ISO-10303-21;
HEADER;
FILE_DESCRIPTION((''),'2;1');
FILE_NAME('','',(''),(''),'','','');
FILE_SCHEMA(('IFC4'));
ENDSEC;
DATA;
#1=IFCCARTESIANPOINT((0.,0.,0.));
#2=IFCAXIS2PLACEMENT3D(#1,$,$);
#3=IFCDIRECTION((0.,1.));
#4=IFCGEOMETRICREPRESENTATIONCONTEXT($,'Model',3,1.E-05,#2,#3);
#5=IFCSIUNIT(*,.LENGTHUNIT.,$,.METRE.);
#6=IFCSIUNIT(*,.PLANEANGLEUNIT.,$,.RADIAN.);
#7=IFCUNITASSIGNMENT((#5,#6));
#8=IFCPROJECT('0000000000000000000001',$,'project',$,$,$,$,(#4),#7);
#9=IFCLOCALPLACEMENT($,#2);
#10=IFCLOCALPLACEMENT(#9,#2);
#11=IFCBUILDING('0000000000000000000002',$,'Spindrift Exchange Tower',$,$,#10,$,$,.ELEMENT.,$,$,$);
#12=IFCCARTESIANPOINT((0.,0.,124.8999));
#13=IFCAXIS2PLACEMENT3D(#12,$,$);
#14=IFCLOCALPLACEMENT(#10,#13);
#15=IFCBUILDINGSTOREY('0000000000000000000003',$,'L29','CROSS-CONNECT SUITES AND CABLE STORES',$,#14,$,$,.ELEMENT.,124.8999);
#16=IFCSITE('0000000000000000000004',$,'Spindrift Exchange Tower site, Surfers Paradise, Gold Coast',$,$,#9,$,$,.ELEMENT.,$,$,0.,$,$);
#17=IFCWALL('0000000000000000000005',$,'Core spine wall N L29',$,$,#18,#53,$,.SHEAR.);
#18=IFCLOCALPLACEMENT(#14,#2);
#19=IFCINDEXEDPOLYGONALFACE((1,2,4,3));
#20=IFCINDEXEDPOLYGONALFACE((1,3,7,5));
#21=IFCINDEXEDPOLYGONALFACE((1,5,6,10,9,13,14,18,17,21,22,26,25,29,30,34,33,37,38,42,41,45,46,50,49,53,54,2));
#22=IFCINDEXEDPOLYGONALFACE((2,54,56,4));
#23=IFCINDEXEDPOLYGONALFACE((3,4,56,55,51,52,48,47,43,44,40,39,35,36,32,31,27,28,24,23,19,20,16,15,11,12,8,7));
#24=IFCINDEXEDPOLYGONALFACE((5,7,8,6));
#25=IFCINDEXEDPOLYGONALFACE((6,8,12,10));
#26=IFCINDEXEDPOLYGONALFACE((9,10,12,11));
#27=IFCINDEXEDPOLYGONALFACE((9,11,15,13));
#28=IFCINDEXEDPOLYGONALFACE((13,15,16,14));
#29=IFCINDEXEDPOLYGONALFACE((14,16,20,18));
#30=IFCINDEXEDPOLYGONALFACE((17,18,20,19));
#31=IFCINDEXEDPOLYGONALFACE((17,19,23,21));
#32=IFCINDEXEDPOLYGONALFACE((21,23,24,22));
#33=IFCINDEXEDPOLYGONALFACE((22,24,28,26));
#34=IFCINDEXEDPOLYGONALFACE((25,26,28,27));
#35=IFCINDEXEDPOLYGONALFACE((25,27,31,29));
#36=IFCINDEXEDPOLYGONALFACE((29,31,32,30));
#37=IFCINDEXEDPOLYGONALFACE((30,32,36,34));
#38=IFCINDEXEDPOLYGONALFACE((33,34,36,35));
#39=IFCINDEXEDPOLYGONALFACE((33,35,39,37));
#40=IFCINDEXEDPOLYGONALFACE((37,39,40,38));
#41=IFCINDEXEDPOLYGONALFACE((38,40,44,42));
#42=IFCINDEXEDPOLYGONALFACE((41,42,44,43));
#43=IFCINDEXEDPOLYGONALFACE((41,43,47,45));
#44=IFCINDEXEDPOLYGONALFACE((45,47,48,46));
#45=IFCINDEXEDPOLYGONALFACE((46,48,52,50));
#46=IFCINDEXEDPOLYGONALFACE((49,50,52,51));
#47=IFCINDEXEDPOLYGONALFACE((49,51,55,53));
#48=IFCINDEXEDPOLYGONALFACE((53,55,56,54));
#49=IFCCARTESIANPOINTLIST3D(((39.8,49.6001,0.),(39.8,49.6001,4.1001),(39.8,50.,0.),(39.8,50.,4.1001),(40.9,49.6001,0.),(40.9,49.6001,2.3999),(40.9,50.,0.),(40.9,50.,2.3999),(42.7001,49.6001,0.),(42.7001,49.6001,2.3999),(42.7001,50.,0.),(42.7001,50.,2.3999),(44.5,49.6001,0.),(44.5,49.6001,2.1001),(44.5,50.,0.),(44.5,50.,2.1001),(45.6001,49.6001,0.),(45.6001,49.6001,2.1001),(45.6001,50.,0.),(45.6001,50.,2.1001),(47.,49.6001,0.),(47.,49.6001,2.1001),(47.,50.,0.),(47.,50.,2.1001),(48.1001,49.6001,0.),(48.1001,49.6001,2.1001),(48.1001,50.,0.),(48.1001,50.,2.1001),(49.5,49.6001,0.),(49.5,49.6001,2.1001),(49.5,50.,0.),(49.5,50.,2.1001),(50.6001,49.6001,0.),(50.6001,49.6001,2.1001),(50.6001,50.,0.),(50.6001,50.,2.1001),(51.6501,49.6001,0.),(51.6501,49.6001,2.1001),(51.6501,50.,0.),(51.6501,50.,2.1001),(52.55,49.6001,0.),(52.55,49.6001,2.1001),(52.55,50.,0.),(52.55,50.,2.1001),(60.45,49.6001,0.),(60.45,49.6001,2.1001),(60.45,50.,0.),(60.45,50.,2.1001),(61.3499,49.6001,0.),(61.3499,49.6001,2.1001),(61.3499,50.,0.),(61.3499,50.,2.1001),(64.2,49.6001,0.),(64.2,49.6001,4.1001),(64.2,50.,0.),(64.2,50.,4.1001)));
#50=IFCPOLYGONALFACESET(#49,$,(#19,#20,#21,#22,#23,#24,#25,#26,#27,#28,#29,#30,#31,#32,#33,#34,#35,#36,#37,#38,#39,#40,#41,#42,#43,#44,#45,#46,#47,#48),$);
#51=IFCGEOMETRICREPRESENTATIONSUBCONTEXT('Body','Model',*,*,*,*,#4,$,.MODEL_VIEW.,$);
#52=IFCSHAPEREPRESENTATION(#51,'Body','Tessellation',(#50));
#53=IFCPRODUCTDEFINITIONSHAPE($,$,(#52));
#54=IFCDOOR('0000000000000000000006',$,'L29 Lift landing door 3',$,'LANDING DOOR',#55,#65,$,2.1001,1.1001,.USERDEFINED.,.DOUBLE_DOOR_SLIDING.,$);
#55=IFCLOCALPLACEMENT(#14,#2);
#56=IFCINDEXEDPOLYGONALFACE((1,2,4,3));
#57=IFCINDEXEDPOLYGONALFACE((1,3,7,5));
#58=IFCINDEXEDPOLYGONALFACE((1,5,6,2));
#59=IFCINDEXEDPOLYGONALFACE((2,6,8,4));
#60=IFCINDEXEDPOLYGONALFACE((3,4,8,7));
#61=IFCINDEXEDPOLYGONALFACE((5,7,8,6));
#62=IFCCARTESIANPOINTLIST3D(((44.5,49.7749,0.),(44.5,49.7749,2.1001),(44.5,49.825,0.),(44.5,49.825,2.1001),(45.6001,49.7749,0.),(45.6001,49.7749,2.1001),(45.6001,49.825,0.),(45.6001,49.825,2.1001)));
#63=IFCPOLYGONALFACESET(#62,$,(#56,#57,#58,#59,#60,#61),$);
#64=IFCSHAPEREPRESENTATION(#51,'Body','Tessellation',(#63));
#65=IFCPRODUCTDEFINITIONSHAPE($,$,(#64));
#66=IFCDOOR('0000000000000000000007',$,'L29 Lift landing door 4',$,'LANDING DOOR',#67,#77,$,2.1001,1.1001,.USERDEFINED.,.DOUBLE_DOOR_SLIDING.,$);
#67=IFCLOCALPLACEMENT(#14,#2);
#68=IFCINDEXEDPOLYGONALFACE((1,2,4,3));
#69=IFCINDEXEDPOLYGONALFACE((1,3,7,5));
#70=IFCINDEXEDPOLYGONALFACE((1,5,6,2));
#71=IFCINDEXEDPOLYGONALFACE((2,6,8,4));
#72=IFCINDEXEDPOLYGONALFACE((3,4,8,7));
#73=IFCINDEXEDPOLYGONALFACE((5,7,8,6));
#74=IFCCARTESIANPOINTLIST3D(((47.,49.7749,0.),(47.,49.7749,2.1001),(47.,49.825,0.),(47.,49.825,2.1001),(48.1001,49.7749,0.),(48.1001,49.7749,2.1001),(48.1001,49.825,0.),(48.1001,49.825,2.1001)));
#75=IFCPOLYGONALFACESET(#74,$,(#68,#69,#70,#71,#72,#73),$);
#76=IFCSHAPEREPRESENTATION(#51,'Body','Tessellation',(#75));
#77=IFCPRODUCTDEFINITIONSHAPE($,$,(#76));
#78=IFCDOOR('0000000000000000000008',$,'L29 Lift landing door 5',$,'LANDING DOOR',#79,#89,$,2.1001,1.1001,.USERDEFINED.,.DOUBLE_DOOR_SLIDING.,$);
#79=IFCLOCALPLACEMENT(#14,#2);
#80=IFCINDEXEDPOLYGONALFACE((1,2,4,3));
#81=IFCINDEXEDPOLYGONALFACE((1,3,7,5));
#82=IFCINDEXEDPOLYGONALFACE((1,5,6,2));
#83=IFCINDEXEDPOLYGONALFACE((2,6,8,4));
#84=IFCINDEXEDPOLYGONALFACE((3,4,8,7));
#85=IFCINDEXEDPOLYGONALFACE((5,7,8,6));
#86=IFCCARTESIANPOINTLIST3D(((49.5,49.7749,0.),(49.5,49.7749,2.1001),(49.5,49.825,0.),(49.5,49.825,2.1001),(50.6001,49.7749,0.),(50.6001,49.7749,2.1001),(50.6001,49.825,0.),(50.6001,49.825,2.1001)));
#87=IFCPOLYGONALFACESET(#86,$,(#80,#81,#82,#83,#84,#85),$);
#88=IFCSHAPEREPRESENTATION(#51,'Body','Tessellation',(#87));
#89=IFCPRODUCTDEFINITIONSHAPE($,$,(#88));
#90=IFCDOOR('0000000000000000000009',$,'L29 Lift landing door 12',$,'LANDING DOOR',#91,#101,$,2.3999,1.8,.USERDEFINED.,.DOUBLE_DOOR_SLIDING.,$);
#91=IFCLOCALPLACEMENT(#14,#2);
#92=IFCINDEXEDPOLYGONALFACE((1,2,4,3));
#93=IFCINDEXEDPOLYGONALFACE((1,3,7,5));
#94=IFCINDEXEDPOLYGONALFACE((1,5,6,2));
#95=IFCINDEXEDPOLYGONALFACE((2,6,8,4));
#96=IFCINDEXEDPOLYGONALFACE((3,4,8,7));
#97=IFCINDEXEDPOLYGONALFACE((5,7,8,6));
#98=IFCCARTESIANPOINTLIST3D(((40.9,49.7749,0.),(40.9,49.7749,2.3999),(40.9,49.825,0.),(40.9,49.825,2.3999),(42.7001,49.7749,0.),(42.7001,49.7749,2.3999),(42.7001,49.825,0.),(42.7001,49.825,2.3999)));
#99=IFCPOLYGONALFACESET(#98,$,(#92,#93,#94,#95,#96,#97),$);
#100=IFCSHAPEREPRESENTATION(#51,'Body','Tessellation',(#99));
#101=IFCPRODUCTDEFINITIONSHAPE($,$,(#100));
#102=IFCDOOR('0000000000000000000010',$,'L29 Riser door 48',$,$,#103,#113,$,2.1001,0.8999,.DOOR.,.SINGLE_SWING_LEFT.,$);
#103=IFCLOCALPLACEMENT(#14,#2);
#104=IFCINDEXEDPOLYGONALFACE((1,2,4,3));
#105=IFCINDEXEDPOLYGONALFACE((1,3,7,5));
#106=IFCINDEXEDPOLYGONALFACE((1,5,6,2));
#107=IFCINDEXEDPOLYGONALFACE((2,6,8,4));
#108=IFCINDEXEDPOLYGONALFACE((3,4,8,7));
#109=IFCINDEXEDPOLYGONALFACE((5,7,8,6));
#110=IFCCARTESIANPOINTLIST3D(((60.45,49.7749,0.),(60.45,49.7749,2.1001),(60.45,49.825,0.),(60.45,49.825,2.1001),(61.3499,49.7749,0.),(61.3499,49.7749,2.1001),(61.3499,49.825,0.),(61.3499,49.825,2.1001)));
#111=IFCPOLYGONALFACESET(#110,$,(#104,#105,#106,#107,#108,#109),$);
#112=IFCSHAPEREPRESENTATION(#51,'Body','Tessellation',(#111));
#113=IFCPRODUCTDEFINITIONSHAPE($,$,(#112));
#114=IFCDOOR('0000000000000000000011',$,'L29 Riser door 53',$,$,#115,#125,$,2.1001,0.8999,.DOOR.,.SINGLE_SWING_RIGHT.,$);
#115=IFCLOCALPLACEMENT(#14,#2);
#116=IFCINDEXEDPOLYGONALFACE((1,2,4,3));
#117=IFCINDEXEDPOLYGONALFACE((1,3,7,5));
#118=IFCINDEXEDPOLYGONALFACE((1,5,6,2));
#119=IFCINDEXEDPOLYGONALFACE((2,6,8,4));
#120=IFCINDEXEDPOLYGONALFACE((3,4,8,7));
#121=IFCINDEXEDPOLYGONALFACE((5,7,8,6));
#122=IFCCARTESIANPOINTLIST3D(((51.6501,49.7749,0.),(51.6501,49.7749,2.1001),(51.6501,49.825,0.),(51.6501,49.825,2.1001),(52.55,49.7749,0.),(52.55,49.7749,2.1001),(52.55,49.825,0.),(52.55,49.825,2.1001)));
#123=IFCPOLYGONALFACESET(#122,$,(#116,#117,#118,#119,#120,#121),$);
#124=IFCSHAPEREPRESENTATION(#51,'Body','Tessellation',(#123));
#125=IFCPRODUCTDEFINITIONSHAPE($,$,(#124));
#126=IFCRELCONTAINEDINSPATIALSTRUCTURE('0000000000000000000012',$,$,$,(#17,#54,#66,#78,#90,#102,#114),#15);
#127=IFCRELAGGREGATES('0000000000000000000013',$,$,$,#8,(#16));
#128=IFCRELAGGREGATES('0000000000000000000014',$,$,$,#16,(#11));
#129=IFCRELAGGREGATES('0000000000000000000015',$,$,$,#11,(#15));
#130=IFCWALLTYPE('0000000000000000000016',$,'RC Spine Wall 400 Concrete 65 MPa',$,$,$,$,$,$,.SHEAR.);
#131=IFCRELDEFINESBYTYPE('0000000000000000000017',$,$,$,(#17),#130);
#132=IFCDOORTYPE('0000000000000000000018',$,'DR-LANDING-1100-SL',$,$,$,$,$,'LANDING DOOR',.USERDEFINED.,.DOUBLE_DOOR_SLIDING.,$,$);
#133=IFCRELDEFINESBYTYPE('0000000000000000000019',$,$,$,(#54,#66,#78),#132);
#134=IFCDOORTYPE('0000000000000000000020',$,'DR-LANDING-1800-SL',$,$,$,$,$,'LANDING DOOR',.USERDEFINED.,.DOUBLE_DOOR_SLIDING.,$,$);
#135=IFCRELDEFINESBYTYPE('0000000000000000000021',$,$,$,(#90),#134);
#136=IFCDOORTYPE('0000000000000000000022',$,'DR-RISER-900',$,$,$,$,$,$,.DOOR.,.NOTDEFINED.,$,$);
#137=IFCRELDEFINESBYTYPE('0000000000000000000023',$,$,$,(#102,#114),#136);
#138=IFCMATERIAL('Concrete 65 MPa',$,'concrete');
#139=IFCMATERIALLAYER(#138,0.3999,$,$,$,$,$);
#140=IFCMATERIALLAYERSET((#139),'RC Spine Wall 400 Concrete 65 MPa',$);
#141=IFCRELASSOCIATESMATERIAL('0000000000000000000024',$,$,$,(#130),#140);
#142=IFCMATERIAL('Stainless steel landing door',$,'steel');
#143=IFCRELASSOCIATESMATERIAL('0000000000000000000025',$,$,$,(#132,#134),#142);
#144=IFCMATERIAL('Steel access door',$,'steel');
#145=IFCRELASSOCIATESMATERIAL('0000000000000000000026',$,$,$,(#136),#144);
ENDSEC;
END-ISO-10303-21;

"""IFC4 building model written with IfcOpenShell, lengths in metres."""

from ifc_helpers import new_model, si_unit, direction, frame, frame_2d, origin, place, context, subcontext, project, spatial, rectangle, extrude, source, transform, mapped, material, layer, layer_set, type_object, element, fill, save


model = new_model("IFC4")

# Units and contexts
model_context = context("Model", 3, precision=1e-05, world=origin(), true_north=direction((0.0, 1.0)))
body_context = subcontext(model_context, "Body", "Model", "MODEL_VIEW")
ifc_project = project(units=[si_unit("LENGTHUNIT", "METRE"), si_unit("PLANEANGLEUNIT", "RADIAN")], contexts=[model_context])

# Site, building, storey
site_placement = place(None, origin())
site = spatial("IfcSite", under=ifc_project, at=site_placement, Name="Spindrift Exchange Tower site, Surfers Paradise, Gold Coast", CompositionType="ELEMENT", RefElevation=0.0)
building_placement = place(site_placement, origin())
building = spatial("IfcBuilding", under=site, at=building_placement, Name="Spindrift Exchange Tower", CompositionType="ELEMENT")
storey_placement = place(building_placement, frame((0.0, 0.0, 124.8999)))
storey = spatial("IfcBuildingStorey", under=building, at=storey_placement, Name="L29", Description="CROSS-CONNECT SUITES AND CABLE STORES", CompositionType="ELEMENT", Elevation=124.8999)

# Shared definitions
ifc_material_1 = material(Name="Concrete 65 MPa", Category="concrete")

# Wall, openings, doors
ifc_layer_1 = layer(ifc_material_1, 0.3999)
ifc_layer_set_1 = layer_set([ifc_layer_1], Name="RC Spine Wall 400 Concrete 65 MPa")
wall_type_1 = type_object("IfcWallType", Name="RC Spine Wall 400 Concrete 65 MPa", PredefinedType="SHEAR", material=ifc_layer_set_1)
wall_1_placement = place(storey_placement, frame((39.8, 49.8, 0.0), z_axis=(0.0, 0.0, 1.0), x_axis=(1.0, 0.0, 0.0)))
wall_1 = element("IfcWall", 1, at=wall_1_placement, inside=storey, type_object=wall_type_1, Name="Core spine wall N L29", PredefinedType="SHEAR", context=body_context, shape_type="SweptSolid", body=[
    extrude(rectangle(XDim=24.3999, YDim=0.3999, at=frame_2d((12.2, 0.0))), origin(), (0.0, 0.0, 1.0), 4.1001),
])
opening_1_placement = place(wall_1_placement, frame((4.7, 0.0, 0.0)))
opening_1 = element("IfcOpeningElement", 2, at=opening_1_placement, cuts=wall_1, PredefinedType="OPENING", context=body_context, shape_type="SweptSolid", body=[
    extrude(rectangle(XDim=1.1001, YDim=2.1001, at=frame_2d((0.55, 1.05))), frame((0.0, 0.21, 0.0), z_axis=(0.0, -1.0, 0.0), x_axis=(1.0, 0.0, 0.0)), (0.0, 0.0, 1.0), 0.4199),
])
opening_2_placement = place(wall_1_placement, frame((7.2, 0.0, 0.0)))
opening_2 = element("IfcOpeningElement", 3, at=opening_2_placement, cuts=wall_1, PredefinedType="OPENING", context=body_context, shape_type="SweptSolid", body=[
    extrude(rectangle(XDim=1.1001, YDim=2.1001, at=frame_2d((0.55, 1.05))), frame((0.0, 0.21, 0.0), z_axis=(0.0, -1.0, 0.0), x_axis=(1.0, 0.0, 0.0)), (0.0, 0.0, 1.0), 0.4199),
])
opening_3_placement = place(wall_1_placement, frame((9.7, 0.0, 0.0)))
opening_3 = element("IfcOpeningElement", 4, at=opening_3_placement, cuts=wall_1, PredefinedType="OPENING", context=body_context, shape_type="SweptSolid", body=[
    extrude(rectangle(XDim=1.1001, YDim=2.1001, at=frame_2d((0.55, 1.05))), frame((0.0, 0.21, 0.0), z_axis=(0.0, -1.0, 0.0), x_axis=(1.0, 0.0, 0.0)), (0.0, 0.0, 1.0), 0.4199),
])
opening_4_placement = place(wall_1_placement, frame((1.1001, 0.0, 0.0)))
opening_4 = element("IfcOpeningElement", 5, at=opening_4_placement, cuts=wall_1, PredefinedType="OPENING", context=body_context, shape_type="SweptSolid", body=[
    extrude(rectangle(XDim=1.8, YDim=2.3999, at=frame_2d((0.8999, 1.2))), frame((0.0, 0.21, 0.0), z_axis=(0.0, -1.0, 0.0), x_axis=(1.0, 0.0, 0.0)), (0.0, 0.0, 1.0), 0.4199),
])
opening_5_placement = place(wall_1_placement, frame((20.6499, 0.0, 0.0)))
opening_5 = element("IfcOpeningElement", 6, at=opening_5_placement, cuts=wall_1, PredefinedType="OPENING", context=body_context, shape_type="SweptSolid", body=[
    extrude(rectangle(XDim=0.8999, YDim=2.1001, at=frame_2d((0.45, 1.05))), frame((0.0, 0.21, 0.0), z_axis=(0.0, -1.0, 0.0), x_axis=(1.0, 0.0, 0.0)), (0.0, 0.0, 1.0), 0.4199),
])
opening_6_placement = place(wall_1_placement, frame((11.8501, 0.0, 0.0)))
opening_6 = element("IfcOpeningElement", 7, at=opening_6_placement, cuts=wall_1, PredefinedType="OPENING", context=body_context, shape_type="SweptSolid", body=[
    extrude(rectangle(XDim=0.8999, YDim=2.1001, at=frame_2d((0.45, 1.05))), frame((0.0, 0.21, 0.0), z_axis=(0.0, -1.0, 0.0), x_axis=(1.0, 0.0, 0.0)), (0.0, 0.0, 1.0), 0.4199),
])
ifc_material_2 = material(Name="Stainless steel landing door", Category="steel")
door_type_1 = type_object("IfcDoorType", Name="DR-LANDING-1100-SL", ElementType="LANDING DOOR", OperationType="DOUBLE_DOOR_SLIDING", PredefinedType="USERDEFINED", material=ifc_material_2)
shared_shape_1 = source(origin(), body_context, "Body", "SweptSolid", [
    extrude(rectangle(XDim=1.1001, YDim=2.1001, at=frame_2d((0.55, 1.05))), frame((0.0, 0.0249, 0.0), z_axis=(0.0, -1.0, 0.0), x_axis=(1.0, 0.0, 0.0)), (0.0, 0.0, 1.0), 0.05),
])
door_1_placement = place(opening_1_placement, origin())
door_1 = element("IfcDoor", 8, at=door_1_placement, inside=storey, type_object=door_type_1, Name="L29 Lift landing door 3", ObjectType="LANDING DOOR", OperationType="DOUBLE_DOOR_SLIDING", OverallHeight=2.1001, OverallWidth=1.1001, PredefinedType="USERDEFINED", context=body_context, shape_type="MappedRepresentation", body=[
    mapped(shared_shape_1, transform((0.0, 0.0, 0.0), scale=1.0)),
])
fill(opening_1, door_1)
door_2_placement = place(opening_2_placement, origin())
door_2 = element("IfcDoor", 9, at=door_2_placement, inside=storey, type_object=door_type_1, Name="L29 Lift landing door 4", ObjectType="LANDING DOOR", OperationType="DOUBLE_DOOR_SLIDING", OverallHeight=2.1001, OverallWidth=1.1001, PredefinedType="USERDEFINED", context=body_context, shape_type="MappedRepresentation", body=[
    mapped(shared_shape_1, transform((0.0, 0.0, 0.0), scale=1.0)),
])
fill(opening_2, door_2)
door_3_placement = place(opening_3_placement, origin())
door_3 = element("IfcDoor", 10, at=door_3_placement, inside=storey, type_object=door_type_1, Name="L29 Lift landing door 5", ObjectType="LANDING DOOR", OperationType="DOUBLE_DOOR_SLIDING", OverallHeight=2.1001, OverallWidth=1.1001, PredefinedType="USERDEFINED", context=body_context, shape_type="MappedRepresentation", body=[
    mapped(shared_shape_1, transform((0.0, 0.0, 0.0), scale=1.0)),
])
fill(opening_3, door_3)
door_type_2 = type_object("IfcDoorType", Name="DR-LANDING-1800-SL", ElementType="LANDING DOOR", OperationType="DOUBLE_DOOR_SLIDING", PredefinedType="USERDEFINED", material=ifc_material_2)
shared_shape_2 = source(origin(), body_context, "Body", "SweptSolid", [
    extrude(rectangle(XDim=1.8, YDim=2.3999, at=frame_2d((0.8999, 1.2))), frame((0.0, 0.0249, 0.0), z_axis=(0.0, -1.0, 0.0), x_axis=(1.0, 0.0, 0.0)), (0.0, 0.0, 1.0), 0.05),
])
door_4_placement = place(opening_4_placement, origin())
door_4 = element("IfcDoor", 11, at=door_4_placement, inside=storey, type_object=door_type_2, Name="L29 Lift landing door 12", ObjectType="LANDING DOOR", OperationType="DOUBLE_DOOR_SLIDING", OverallHeight=2.3999, OverallWidth=1.8, PredefinedType="USERDEFINED", context=body_context, shape_type="MappedRepresentation", body=[
    mapped(shared_shape_2, transform((0.0, 0.0, 0.0), scale=1.0)),
])
fill(opening_4, door_4)
ifc_material_3 = material(Name="Steel access door", Category="steel")
door_type_3 = type_object("IfcDoorType", Name="DR-RISER-900", OperationType="NOTDEFINED", PredefinedType="DOOR", material=ifc_material_3)
shared_shape_3 = source(origin(), body_context, "Body", "SweptSolid", [
    extrude(rectangle(XDim=0.8999, YDim=2.1001, at=frame_2d((0.45, 1.05))), frame((0.0, 0.0249, 0.0), z_axis=(0.0, -1.0, 0.0), x_axis=(1.0, 0.0, 0.0)), (0.0, 0.0, 1.0), 0.05),
])
door_5_placement = place(opening_5_placement, origin())
door_5 = element("IfcDoor", 12, at=door_5_placement, inside=storey, type_object=door_type_3, Name="L29 Riser door 48", OperationType="SINGLE_SWING_LEFT", OverallHeight=2.1001, OverallWidth=0.8999, PredefinedType="DOOR", context=body_context, shape_type="MappedRepresentation", body=[
    mapped(shared_shape_3, transform((0.0, 0.0, 0.0), scale=1.0)),
])
fill(opening_5, door_5)
door_6_placement = place(opening_6_placement, origin())
door_6 = element("IfcDoor", 13, at=door_6_placement, inside=storey, type_object=door_type_3, Name="L29 Riser door 53", OperationType="SINGLE_SWING_RIGHT", OverallHeight=2.1001, OverallWidth=0.8999, PredefinedType="DOOR", context=body_context, shape_type="MappedRepresentation", body=[
    mapped(shared_shape_3, transform((0.0, 0.0, 0.0), scale=1.0)),
])
fill(opening_6, door_6)

save(model, "model.ifc")
